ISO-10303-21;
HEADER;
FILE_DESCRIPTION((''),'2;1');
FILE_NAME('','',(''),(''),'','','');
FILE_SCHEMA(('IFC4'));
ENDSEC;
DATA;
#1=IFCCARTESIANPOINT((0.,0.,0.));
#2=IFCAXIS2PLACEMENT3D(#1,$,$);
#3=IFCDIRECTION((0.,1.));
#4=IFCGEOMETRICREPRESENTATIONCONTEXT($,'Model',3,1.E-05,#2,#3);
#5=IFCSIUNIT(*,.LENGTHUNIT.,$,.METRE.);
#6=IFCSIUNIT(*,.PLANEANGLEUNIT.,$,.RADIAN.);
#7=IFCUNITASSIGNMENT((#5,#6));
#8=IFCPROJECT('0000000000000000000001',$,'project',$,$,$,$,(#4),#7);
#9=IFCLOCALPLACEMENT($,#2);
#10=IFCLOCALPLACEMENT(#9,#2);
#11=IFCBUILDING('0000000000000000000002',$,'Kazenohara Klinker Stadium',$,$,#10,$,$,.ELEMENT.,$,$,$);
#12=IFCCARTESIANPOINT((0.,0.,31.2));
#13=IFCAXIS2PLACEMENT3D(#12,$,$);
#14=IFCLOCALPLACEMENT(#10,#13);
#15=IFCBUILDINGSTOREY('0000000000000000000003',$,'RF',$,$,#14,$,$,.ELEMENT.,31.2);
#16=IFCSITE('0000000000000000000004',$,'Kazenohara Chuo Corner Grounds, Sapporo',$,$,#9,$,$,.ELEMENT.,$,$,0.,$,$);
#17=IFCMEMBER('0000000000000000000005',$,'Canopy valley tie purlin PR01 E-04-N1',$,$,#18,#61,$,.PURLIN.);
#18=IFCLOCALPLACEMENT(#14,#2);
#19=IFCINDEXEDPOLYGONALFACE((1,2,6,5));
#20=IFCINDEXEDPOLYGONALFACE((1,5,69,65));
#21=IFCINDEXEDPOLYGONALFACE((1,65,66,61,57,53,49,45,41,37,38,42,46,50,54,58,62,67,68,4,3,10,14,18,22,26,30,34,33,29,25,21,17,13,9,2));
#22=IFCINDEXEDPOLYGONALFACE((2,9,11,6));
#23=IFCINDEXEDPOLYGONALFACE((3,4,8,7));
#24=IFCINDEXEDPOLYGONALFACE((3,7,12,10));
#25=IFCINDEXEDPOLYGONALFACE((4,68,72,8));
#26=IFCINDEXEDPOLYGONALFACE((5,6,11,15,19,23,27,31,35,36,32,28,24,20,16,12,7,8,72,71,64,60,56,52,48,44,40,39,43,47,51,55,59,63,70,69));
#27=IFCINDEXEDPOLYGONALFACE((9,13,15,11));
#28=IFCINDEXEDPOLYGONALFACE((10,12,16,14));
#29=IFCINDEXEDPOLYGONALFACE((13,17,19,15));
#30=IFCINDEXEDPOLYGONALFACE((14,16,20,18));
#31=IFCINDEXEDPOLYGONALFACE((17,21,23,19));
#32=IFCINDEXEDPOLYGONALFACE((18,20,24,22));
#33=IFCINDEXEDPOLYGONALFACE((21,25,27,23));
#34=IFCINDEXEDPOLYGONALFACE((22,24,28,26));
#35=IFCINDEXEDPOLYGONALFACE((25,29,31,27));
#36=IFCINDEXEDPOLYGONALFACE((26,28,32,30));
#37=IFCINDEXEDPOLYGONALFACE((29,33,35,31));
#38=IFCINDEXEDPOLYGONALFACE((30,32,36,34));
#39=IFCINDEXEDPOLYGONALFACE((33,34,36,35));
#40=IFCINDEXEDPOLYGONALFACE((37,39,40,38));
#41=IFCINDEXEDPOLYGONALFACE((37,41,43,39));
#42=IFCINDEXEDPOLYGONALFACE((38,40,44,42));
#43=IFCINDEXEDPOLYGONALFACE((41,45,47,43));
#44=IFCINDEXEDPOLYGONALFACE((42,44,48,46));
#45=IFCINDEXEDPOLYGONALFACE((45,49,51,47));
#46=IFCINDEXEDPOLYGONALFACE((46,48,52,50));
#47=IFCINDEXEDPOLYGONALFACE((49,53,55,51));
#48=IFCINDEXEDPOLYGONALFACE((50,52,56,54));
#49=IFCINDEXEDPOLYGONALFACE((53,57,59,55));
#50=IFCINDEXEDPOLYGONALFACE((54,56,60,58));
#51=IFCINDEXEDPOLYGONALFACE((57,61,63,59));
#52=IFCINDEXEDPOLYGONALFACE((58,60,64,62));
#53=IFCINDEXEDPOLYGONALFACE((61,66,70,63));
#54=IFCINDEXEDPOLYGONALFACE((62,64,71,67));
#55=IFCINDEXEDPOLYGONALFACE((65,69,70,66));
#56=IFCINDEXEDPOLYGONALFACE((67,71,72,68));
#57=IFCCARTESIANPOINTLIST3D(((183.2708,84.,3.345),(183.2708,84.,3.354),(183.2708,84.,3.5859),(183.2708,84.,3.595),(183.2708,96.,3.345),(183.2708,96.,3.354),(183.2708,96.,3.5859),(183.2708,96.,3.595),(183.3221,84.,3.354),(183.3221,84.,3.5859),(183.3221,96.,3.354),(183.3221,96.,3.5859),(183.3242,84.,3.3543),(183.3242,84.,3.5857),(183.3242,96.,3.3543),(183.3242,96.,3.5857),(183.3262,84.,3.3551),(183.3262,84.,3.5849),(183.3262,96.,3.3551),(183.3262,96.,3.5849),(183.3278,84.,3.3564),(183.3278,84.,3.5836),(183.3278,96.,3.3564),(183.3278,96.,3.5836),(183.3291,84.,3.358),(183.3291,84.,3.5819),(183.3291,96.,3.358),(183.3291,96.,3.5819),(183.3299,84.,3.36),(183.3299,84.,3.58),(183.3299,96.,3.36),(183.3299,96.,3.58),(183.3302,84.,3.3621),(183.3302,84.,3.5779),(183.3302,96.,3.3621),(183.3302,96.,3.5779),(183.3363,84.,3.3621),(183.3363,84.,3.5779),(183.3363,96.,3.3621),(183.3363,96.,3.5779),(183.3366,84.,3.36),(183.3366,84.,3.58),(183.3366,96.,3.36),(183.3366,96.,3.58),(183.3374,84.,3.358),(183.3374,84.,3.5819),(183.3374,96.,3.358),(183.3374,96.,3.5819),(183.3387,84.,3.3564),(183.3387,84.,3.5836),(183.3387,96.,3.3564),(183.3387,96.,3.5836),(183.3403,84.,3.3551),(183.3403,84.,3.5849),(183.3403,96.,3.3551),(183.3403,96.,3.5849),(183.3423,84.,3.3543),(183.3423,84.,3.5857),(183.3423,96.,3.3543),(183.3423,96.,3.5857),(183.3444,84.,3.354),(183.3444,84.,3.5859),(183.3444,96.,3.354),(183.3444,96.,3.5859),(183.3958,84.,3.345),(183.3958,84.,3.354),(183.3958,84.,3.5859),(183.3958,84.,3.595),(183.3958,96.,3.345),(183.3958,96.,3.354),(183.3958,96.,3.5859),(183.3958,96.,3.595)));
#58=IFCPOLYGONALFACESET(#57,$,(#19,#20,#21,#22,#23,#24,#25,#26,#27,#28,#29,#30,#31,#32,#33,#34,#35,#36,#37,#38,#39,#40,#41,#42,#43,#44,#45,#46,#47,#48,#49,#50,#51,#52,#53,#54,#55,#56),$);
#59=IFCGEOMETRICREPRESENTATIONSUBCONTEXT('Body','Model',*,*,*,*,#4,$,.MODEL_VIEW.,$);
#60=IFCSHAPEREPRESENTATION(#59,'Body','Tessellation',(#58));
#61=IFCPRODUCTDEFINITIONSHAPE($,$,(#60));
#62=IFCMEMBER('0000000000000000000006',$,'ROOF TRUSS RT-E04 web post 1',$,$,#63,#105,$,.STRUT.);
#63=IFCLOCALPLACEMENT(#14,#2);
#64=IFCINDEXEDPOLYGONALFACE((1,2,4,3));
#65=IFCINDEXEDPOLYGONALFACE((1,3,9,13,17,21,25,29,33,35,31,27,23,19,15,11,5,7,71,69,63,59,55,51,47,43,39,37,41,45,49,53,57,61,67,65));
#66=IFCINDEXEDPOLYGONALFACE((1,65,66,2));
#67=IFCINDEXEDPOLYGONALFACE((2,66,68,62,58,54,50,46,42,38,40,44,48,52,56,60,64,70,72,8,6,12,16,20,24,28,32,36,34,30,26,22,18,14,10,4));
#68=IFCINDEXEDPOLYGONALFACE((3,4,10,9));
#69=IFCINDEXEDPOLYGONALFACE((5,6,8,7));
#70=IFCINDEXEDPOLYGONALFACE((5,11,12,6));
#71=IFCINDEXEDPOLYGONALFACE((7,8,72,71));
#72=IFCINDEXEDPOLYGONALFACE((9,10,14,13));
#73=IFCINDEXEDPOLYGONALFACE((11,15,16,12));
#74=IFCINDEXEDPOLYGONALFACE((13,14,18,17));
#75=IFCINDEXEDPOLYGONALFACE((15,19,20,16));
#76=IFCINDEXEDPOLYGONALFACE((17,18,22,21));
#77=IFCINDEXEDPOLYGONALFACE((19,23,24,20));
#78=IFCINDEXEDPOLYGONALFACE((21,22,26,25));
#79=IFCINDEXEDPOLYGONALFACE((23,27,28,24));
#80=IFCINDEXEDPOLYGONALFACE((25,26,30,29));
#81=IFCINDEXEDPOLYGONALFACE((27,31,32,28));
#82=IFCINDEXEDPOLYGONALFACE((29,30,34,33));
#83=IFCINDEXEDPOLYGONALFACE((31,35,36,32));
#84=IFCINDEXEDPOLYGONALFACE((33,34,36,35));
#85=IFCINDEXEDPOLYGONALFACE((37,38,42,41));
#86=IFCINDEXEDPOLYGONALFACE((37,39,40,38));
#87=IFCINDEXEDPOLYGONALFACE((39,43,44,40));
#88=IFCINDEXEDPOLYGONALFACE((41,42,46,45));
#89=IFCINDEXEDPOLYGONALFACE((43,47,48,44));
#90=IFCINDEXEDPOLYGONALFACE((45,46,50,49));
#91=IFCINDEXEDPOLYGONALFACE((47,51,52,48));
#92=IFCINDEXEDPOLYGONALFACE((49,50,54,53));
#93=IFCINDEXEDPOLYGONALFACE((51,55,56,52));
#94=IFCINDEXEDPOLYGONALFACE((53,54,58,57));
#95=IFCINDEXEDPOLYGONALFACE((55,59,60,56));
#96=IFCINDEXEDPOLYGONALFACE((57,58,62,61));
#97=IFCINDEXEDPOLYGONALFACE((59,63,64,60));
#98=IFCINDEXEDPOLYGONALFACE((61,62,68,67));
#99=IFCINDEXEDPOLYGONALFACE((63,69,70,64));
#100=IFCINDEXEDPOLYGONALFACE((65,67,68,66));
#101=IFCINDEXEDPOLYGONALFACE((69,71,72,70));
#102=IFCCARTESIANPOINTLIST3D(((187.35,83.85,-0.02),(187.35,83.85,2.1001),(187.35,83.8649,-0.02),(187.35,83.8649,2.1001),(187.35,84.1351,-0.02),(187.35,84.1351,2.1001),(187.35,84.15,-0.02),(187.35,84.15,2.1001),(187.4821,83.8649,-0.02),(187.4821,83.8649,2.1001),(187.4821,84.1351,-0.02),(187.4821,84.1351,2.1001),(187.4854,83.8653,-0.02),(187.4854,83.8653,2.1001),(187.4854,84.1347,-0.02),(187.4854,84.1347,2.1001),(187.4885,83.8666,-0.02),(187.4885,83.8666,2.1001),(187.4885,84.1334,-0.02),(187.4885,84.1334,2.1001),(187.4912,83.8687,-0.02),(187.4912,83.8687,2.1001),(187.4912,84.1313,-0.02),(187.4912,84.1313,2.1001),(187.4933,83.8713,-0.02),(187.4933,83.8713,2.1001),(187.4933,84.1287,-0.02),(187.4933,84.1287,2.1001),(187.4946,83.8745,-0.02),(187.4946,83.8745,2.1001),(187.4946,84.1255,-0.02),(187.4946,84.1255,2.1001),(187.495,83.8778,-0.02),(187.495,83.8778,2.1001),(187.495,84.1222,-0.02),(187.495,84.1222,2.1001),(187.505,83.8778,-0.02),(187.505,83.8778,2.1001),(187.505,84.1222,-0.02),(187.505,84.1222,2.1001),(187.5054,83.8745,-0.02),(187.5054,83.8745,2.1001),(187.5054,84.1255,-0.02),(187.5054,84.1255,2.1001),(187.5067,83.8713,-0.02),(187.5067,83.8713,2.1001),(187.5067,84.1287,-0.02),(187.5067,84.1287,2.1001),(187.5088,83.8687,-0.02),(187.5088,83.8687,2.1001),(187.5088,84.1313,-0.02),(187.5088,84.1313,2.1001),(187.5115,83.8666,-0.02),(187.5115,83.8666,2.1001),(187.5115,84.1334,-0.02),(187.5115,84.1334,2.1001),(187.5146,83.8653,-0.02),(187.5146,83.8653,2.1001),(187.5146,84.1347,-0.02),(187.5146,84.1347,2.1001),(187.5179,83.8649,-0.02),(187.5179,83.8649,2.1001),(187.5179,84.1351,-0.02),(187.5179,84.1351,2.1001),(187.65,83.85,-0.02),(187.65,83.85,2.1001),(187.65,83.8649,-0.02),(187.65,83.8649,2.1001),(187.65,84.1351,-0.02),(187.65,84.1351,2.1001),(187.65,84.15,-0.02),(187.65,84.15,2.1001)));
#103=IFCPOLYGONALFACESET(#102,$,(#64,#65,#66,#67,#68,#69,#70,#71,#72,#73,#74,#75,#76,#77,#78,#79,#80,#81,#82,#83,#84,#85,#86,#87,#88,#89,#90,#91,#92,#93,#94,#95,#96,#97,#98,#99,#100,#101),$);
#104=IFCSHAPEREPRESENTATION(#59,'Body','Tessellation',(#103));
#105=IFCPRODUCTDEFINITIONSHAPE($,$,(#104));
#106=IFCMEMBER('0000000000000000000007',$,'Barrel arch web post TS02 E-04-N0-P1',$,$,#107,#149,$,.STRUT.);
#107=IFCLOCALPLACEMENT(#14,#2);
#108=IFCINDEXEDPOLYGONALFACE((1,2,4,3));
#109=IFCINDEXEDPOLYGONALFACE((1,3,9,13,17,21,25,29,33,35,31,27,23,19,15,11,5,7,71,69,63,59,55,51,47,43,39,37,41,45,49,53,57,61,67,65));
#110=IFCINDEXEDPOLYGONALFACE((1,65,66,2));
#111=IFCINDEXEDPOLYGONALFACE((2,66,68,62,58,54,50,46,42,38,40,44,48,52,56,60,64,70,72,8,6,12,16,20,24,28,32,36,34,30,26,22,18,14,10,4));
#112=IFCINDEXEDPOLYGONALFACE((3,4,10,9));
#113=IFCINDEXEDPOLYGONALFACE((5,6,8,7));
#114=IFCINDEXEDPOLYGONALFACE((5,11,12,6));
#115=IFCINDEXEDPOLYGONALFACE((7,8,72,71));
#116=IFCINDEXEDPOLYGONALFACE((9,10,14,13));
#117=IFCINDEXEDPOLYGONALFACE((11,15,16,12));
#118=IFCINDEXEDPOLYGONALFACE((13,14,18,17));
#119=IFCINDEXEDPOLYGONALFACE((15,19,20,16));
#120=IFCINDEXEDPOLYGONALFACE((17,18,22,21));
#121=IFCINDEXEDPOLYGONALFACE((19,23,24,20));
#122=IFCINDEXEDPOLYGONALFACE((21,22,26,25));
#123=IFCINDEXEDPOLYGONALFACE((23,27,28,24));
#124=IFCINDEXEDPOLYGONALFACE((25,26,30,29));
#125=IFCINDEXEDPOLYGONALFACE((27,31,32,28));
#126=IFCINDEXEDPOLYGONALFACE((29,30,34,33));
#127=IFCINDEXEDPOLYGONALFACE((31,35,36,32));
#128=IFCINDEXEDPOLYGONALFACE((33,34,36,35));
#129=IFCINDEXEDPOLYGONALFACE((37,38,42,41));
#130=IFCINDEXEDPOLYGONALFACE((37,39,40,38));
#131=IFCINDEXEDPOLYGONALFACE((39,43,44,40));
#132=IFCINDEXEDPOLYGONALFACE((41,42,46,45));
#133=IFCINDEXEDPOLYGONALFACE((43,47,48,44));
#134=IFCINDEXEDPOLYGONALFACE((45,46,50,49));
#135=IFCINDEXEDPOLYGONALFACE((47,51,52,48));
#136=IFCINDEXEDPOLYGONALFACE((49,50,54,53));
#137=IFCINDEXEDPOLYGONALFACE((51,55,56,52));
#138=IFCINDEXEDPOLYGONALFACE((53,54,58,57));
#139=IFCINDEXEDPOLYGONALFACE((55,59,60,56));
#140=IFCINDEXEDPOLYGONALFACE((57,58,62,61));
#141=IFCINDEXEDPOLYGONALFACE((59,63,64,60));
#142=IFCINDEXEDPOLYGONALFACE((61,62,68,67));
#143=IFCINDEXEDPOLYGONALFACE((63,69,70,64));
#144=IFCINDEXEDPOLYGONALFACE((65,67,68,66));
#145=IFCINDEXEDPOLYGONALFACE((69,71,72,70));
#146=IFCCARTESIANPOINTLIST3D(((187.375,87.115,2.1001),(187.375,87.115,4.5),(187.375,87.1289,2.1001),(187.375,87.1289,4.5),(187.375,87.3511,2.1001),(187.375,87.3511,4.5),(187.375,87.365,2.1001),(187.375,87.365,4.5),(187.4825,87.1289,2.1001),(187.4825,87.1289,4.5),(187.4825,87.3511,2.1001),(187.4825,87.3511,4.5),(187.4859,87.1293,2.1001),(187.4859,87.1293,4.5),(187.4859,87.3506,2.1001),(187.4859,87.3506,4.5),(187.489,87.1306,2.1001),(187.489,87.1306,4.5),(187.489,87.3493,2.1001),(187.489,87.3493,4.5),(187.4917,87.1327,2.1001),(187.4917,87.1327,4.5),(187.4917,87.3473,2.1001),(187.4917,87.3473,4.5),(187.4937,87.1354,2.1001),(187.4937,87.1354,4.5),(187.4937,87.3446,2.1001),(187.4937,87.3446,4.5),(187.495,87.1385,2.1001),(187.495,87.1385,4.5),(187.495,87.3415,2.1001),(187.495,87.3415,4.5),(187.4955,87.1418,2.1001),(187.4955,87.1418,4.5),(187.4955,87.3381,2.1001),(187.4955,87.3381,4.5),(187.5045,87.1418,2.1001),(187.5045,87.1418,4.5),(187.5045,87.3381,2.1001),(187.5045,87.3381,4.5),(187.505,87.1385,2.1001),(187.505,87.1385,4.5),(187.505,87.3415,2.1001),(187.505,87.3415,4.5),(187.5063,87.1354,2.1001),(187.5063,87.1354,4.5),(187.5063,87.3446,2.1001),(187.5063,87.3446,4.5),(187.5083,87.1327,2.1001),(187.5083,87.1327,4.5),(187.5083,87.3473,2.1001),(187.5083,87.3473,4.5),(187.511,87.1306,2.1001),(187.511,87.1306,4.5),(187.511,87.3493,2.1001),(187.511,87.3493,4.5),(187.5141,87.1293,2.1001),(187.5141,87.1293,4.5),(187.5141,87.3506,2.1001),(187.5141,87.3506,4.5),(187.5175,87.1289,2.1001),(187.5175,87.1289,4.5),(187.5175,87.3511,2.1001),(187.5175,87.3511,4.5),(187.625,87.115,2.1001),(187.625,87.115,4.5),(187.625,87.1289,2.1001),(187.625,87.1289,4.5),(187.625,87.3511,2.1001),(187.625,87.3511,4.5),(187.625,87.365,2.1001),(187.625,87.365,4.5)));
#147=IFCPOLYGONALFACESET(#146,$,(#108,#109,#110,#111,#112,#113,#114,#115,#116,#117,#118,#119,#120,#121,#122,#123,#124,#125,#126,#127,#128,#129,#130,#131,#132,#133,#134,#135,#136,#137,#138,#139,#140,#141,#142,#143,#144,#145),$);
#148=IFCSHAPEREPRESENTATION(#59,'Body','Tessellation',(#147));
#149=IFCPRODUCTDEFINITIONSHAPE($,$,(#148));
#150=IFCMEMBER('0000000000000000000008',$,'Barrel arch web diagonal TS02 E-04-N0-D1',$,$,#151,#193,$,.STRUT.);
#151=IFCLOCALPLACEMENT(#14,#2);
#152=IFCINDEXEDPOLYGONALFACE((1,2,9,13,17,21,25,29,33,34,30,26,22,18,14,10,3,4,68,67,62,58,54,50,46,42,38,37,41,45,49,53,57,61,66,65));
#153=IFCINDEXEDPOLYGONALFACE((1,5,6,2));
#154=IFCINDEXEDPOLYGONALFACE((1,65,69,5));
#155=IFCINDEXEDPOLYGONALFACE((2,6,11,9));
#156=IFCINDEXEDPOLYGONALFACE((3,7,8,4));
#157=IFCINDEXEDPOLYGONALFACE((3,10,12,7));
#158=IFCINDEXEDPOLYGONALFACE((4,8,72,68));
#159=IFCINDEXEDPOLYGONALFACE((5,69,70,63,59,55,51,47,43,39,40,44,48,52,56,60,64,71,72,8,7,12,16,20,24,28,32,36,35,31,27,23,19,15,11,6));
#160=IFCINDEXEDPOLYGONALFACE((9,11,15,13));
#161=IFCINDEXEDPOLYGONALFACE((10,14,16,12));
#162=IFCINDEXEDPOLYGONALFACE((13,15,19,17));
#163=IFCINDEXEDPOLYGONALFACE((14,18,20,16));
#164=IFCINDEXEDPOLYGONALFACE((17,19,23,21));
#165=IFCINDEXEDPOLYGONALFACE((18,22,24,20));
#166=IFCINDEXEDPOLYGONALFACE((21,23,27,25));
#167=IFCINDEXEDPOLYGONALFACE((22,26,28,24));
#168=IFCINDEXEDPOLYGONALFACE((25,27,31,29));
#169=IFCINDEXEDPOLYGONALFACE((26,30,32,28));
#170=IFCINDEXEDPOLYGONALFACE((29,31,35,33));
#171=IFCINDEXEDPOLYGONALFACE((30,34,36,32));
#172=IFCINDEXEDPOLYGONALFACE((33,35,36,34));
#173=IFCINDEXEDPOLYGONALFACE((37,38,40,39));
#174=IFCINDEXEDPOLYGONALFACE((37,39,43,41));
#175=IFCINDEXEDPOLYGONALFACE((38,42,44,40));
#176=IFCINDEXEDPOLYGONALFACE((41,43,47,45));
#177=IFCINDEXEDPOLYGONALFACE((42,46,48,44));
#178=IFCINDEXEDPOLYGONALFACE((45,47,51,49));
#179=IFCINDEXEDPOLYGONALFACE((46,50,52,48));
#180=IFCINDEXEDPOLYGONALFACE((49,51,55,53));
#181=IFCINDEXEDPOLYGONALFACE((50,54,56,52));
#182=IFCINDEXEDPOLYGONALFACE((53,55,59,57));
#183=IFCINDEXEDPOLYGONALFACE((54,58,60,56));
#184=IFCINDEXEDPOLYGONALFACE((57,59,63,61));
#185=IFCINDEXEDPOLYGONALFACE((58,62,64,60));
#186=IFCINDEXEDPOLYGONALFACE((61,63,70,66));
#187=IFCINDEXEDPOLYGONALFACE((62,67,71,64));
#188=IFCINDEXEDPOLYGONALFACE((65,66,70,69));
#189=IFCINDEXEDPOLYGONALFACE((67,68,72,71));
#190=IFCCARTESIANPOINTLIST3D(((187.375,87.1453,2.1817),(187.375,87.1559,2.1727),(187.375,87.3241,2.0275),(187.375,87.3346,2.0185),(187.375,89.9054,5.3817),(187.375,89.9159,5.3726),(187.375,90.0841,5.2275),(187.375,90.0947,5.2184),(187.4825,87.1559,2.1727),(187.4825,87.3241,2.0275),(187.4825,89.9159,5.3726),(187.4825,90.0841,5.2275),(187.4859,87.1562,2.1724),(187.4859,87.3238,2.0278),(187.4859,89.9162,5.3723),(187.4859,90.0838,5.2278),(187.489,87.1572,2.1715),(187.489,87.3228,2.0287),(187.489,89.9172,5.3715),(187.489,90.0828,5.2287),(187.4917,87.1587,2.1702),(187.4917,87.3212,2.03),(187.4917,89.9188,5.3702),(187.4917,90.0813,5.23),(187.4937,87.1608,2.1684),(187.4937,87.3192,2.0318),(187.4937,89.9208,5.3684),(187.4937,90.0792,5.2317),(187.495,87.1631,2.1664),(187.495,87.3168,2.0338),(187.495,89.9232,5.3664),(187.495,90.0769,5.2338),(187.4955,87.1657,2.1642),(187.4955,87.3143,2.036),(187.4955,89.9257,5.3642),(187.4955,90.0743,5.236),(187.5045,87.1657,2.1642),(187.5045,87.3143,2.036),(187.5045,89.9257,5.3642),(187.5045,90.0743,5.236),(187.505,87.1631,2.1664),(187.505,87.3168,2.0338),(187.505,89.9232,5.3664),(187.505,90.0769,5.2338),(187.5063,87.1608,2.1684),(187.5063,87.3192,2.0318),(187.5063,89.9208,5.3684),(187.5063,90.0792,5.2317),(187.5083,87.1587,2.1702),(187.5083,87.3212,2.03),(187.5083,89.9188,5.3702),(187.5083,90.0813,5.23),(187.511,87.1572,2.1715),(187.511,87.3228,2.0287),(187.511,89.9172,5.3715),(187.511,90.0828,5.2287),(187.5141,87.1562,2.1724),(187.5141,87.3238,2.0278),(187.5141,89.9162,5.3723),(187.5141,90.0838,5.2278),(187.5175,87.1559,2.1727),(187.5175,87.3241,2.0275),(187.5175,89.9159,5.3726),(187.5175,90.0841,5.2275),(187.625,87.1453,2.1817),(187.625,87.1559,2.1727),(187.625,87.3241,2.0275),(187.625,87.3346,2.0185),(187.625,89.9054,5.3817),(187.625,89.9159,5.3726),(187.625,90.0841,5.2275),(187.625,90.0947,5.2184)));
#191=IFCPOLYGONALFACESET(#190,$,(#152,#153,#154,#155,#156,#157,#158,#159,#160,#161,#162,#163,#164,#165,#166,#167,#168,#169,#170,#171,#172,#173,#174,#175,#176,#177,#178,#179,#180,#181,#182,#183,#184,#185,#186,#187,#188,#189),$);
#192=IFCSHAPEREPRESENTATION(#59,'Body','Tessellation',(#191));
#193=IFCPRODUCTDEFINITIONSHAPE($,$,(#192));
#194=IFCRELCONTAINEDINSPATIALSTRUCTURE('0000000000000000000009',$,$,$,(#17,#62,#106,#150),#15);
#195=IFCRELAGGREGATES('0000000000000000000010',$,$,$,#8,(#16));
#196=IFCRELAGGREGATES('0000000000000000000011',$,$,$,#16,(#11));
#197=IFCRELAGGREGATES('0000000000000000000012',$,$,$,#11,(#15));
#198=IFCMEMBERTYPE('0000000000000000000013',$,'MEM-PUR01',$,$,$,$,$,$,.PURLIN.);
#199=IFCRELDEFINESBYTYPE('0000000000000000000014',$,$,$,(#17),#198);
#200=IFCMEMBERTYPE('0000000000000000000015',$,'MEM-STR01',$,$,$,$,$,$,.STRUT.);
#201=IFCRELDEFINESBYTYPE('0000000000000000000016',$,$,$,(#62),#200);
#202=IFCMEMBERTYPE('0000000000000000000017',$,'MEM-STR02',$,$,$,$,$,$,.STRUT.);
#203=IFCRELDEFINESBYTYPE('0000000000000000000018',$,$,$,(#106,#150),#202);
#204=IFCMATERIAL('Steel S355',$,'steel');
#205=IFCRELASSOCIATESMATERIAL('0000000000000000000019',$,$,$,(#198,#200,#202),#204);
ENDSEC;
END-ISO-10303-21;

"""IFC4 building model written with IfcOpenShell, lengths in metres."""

from ifc_helpers import new_model, si_unit, direction, frame, origin, origin_2d, place, context, subcontext, project, spatial, i_section, extrude, material, material_profile, profile_set, type_object, element, save


model = new_model("IFC4")

# Units and contexts
model_context = context("Model", 3, precision=1e-05, world=origin(), true_north=direction((0.0, 1.0)))
body_context = subcontext(model_context, "Body", "Model", "MODEL_VIEW")
ifc_project = project(units=[si_unit("LENGTHUNIT", "METRE"), si_unit("PLANEANGLEUNIT", "RADIAN")], contexts=[model_context])

# Site, building, storey
site_placement = place(None, origin())
site = spatial("IfcSite", under=ifc_project, at=site_placement, Name="Kazenohara Chuo Corner Grounds, Sapporo", CompositionType="ELEMENT", RefElevation=0.0)
building_placement = place(site_placement, origin())
building = spatial("IfcBuilding", under=site, at=building_placement, Name="Kazenohara Klinker Stadium", CompositionType="ELEMENT")
storey_placement = place(building_placement, frame((0.0, 0.0, 31.2)))
storey = spatial("IfcBuildingStorey", under=building, at=storey_placement, Name="RF", CompositionType="ELEMENT", Elevation=31.2)

# Members
ifc_material_1 = material(Name="Steel S355", Category="steel")
ifc_material_profile_1 = material_profile(ifc_material_1, i_section(OverallWidth=0.125, OverallDepth=0.25, WebThickness=0.0061, FlangeThickness=0.009, FilletRadius=0.0081, at=origin_2d()), Name="H-250x125x6x9")
ifc_profile_set_1 = profile_set([ifc_material_profile_1], Name="Steel S355")
member_type_1 = type_object("IfcMemberType", Name="MEM-PUR01", PredefinedType="PURLIN", material=ifc_profile_set_1)
member_1_placement = place(storey_placement, frame((183.3333, 84.0, 3.47), z_axis=(0.0, 1.0, 0.0), x_axis=(-1.0, 0.0, 0.0)))
element("IfcMember", 1, at=member_1_placement, inside=storey, type_object=member_type_1, Name="Canopy valley tie purlin PR01 E-04-N1", PredefinedType="PURLIN", context=body_context, shape_type="SweptSolid", body=[
    extrude(i_section(OverallWidth=0.125, OverallDepth=0.25, WebThickness=0.0061, FlangeThickness=0.009, FilletRadius=0.0081, at=origin_2d()), origin(), (0.0, 0.0, 1.0), 12.0),
])
ifc_material_profile_2 = material_profile(ifc_material_1, i_section(OverallWidth=0.3, OverallDepth=0.3, WebThickness=0.01, FlangeThickness=0.0149, FilletRadius=0.0129, at=origin_2d()), Name="H-300x300x10x15")
ifc_profile_set_2 = profile_set([ifc_material_profile_2], Name="Steel S355")
member_type_2 = type_object("IfcMemberType", Name="MEM-STR01", PredefinedType="STRUT", material=ifc_profile_set_2)
member_2_placement = place(storey_placement, frame((187.5, 84.0, -0.02), z_axis=(0.0, 0.0, 1.0), x_axis=(1.0, 0.0, 0.0)))
element("IfcMember", 2, at=member_2_placement, inside=storey, type_object=member_type_2, Name="ROOF TRUSS RT-E04 web post 1", PredefinedType="STRUT", context=body_context, shape_type="SweptSolid", body=[
    extrude(i_section(OverallWidth=0.3, OverallDepth=0.3, WebThickness=0.01, FlangeThickness=0.0149, FilletRadius=0.0129, at=origin_2d()), origin(), (0.0, 0.0, 1.0), 2.1201),
])
ifc_material_profile_3 = material_profile(ifc_material_1, i_section(OverallWidth=0.25, OverallDepth=0.25, WebThickness=0.009, FlangeThickness=0.0139, FilletRadius=0.0129, at=origin_2d()), Name="H-250x250x9x14")
ifc_profile_set_3 = profile_set([ifc_material_profile_3], Name="Steel S355")
member_type_3 = type_object("IfcMemberType", Name="MEM-STR02", PredefinedType="STRUT", material=ifc_profile_set_3)
member_3_placement = place(storey_placement, frame((187.5, 87.24, 2.1001), z_axis=(0.0, 0.0, 1.0), x_axis=(1.0, 0.0, 0.0)))
element("IfcMember", 3, at=member_3_placement, inside=storey, type_object=member_type_3, Name="Barrel arch web post TS02 E-04-N0-P1", PredefinedType="STRUT", context=body_context, shape_type="SweptSolid", body=[
    extrude(i_section(OverallWidth=0.25, OverallDepth=0.25, WebThickness=0.009, FlangeThickness=0.0139, FilletRadius=0.0129, at=origin_2d()), origin(), (0.0, 0.0, 1.0), 2.3999),
])
member_4_placement = place(storey_placement, frame((187.5, 87.24, 2.1001), z_axis=(0.0, 0.653134, 0.757242), x_axis=(-1.0, 0.0, 0.0)))
element("IfcMember", 4, at=member_4_placement, inside=storey, type_object=member_type_3, Name="Barrel arch web diagonal TS02 E-04-N0-D1", PredefinedType="STRUT", context=body_context, shape_type="SweptSolid", body=[
    extrude(i_section(OverallWidth=0.25, OverallDepth=0.25, WebThickness=0.009, FlangeThickness=0.0139, FilletRadius=0.0129, at=origin_2d()), origin(), (0.0, 0.0, 1.0), 4.2258),
])

save(model, "model.ifc")
